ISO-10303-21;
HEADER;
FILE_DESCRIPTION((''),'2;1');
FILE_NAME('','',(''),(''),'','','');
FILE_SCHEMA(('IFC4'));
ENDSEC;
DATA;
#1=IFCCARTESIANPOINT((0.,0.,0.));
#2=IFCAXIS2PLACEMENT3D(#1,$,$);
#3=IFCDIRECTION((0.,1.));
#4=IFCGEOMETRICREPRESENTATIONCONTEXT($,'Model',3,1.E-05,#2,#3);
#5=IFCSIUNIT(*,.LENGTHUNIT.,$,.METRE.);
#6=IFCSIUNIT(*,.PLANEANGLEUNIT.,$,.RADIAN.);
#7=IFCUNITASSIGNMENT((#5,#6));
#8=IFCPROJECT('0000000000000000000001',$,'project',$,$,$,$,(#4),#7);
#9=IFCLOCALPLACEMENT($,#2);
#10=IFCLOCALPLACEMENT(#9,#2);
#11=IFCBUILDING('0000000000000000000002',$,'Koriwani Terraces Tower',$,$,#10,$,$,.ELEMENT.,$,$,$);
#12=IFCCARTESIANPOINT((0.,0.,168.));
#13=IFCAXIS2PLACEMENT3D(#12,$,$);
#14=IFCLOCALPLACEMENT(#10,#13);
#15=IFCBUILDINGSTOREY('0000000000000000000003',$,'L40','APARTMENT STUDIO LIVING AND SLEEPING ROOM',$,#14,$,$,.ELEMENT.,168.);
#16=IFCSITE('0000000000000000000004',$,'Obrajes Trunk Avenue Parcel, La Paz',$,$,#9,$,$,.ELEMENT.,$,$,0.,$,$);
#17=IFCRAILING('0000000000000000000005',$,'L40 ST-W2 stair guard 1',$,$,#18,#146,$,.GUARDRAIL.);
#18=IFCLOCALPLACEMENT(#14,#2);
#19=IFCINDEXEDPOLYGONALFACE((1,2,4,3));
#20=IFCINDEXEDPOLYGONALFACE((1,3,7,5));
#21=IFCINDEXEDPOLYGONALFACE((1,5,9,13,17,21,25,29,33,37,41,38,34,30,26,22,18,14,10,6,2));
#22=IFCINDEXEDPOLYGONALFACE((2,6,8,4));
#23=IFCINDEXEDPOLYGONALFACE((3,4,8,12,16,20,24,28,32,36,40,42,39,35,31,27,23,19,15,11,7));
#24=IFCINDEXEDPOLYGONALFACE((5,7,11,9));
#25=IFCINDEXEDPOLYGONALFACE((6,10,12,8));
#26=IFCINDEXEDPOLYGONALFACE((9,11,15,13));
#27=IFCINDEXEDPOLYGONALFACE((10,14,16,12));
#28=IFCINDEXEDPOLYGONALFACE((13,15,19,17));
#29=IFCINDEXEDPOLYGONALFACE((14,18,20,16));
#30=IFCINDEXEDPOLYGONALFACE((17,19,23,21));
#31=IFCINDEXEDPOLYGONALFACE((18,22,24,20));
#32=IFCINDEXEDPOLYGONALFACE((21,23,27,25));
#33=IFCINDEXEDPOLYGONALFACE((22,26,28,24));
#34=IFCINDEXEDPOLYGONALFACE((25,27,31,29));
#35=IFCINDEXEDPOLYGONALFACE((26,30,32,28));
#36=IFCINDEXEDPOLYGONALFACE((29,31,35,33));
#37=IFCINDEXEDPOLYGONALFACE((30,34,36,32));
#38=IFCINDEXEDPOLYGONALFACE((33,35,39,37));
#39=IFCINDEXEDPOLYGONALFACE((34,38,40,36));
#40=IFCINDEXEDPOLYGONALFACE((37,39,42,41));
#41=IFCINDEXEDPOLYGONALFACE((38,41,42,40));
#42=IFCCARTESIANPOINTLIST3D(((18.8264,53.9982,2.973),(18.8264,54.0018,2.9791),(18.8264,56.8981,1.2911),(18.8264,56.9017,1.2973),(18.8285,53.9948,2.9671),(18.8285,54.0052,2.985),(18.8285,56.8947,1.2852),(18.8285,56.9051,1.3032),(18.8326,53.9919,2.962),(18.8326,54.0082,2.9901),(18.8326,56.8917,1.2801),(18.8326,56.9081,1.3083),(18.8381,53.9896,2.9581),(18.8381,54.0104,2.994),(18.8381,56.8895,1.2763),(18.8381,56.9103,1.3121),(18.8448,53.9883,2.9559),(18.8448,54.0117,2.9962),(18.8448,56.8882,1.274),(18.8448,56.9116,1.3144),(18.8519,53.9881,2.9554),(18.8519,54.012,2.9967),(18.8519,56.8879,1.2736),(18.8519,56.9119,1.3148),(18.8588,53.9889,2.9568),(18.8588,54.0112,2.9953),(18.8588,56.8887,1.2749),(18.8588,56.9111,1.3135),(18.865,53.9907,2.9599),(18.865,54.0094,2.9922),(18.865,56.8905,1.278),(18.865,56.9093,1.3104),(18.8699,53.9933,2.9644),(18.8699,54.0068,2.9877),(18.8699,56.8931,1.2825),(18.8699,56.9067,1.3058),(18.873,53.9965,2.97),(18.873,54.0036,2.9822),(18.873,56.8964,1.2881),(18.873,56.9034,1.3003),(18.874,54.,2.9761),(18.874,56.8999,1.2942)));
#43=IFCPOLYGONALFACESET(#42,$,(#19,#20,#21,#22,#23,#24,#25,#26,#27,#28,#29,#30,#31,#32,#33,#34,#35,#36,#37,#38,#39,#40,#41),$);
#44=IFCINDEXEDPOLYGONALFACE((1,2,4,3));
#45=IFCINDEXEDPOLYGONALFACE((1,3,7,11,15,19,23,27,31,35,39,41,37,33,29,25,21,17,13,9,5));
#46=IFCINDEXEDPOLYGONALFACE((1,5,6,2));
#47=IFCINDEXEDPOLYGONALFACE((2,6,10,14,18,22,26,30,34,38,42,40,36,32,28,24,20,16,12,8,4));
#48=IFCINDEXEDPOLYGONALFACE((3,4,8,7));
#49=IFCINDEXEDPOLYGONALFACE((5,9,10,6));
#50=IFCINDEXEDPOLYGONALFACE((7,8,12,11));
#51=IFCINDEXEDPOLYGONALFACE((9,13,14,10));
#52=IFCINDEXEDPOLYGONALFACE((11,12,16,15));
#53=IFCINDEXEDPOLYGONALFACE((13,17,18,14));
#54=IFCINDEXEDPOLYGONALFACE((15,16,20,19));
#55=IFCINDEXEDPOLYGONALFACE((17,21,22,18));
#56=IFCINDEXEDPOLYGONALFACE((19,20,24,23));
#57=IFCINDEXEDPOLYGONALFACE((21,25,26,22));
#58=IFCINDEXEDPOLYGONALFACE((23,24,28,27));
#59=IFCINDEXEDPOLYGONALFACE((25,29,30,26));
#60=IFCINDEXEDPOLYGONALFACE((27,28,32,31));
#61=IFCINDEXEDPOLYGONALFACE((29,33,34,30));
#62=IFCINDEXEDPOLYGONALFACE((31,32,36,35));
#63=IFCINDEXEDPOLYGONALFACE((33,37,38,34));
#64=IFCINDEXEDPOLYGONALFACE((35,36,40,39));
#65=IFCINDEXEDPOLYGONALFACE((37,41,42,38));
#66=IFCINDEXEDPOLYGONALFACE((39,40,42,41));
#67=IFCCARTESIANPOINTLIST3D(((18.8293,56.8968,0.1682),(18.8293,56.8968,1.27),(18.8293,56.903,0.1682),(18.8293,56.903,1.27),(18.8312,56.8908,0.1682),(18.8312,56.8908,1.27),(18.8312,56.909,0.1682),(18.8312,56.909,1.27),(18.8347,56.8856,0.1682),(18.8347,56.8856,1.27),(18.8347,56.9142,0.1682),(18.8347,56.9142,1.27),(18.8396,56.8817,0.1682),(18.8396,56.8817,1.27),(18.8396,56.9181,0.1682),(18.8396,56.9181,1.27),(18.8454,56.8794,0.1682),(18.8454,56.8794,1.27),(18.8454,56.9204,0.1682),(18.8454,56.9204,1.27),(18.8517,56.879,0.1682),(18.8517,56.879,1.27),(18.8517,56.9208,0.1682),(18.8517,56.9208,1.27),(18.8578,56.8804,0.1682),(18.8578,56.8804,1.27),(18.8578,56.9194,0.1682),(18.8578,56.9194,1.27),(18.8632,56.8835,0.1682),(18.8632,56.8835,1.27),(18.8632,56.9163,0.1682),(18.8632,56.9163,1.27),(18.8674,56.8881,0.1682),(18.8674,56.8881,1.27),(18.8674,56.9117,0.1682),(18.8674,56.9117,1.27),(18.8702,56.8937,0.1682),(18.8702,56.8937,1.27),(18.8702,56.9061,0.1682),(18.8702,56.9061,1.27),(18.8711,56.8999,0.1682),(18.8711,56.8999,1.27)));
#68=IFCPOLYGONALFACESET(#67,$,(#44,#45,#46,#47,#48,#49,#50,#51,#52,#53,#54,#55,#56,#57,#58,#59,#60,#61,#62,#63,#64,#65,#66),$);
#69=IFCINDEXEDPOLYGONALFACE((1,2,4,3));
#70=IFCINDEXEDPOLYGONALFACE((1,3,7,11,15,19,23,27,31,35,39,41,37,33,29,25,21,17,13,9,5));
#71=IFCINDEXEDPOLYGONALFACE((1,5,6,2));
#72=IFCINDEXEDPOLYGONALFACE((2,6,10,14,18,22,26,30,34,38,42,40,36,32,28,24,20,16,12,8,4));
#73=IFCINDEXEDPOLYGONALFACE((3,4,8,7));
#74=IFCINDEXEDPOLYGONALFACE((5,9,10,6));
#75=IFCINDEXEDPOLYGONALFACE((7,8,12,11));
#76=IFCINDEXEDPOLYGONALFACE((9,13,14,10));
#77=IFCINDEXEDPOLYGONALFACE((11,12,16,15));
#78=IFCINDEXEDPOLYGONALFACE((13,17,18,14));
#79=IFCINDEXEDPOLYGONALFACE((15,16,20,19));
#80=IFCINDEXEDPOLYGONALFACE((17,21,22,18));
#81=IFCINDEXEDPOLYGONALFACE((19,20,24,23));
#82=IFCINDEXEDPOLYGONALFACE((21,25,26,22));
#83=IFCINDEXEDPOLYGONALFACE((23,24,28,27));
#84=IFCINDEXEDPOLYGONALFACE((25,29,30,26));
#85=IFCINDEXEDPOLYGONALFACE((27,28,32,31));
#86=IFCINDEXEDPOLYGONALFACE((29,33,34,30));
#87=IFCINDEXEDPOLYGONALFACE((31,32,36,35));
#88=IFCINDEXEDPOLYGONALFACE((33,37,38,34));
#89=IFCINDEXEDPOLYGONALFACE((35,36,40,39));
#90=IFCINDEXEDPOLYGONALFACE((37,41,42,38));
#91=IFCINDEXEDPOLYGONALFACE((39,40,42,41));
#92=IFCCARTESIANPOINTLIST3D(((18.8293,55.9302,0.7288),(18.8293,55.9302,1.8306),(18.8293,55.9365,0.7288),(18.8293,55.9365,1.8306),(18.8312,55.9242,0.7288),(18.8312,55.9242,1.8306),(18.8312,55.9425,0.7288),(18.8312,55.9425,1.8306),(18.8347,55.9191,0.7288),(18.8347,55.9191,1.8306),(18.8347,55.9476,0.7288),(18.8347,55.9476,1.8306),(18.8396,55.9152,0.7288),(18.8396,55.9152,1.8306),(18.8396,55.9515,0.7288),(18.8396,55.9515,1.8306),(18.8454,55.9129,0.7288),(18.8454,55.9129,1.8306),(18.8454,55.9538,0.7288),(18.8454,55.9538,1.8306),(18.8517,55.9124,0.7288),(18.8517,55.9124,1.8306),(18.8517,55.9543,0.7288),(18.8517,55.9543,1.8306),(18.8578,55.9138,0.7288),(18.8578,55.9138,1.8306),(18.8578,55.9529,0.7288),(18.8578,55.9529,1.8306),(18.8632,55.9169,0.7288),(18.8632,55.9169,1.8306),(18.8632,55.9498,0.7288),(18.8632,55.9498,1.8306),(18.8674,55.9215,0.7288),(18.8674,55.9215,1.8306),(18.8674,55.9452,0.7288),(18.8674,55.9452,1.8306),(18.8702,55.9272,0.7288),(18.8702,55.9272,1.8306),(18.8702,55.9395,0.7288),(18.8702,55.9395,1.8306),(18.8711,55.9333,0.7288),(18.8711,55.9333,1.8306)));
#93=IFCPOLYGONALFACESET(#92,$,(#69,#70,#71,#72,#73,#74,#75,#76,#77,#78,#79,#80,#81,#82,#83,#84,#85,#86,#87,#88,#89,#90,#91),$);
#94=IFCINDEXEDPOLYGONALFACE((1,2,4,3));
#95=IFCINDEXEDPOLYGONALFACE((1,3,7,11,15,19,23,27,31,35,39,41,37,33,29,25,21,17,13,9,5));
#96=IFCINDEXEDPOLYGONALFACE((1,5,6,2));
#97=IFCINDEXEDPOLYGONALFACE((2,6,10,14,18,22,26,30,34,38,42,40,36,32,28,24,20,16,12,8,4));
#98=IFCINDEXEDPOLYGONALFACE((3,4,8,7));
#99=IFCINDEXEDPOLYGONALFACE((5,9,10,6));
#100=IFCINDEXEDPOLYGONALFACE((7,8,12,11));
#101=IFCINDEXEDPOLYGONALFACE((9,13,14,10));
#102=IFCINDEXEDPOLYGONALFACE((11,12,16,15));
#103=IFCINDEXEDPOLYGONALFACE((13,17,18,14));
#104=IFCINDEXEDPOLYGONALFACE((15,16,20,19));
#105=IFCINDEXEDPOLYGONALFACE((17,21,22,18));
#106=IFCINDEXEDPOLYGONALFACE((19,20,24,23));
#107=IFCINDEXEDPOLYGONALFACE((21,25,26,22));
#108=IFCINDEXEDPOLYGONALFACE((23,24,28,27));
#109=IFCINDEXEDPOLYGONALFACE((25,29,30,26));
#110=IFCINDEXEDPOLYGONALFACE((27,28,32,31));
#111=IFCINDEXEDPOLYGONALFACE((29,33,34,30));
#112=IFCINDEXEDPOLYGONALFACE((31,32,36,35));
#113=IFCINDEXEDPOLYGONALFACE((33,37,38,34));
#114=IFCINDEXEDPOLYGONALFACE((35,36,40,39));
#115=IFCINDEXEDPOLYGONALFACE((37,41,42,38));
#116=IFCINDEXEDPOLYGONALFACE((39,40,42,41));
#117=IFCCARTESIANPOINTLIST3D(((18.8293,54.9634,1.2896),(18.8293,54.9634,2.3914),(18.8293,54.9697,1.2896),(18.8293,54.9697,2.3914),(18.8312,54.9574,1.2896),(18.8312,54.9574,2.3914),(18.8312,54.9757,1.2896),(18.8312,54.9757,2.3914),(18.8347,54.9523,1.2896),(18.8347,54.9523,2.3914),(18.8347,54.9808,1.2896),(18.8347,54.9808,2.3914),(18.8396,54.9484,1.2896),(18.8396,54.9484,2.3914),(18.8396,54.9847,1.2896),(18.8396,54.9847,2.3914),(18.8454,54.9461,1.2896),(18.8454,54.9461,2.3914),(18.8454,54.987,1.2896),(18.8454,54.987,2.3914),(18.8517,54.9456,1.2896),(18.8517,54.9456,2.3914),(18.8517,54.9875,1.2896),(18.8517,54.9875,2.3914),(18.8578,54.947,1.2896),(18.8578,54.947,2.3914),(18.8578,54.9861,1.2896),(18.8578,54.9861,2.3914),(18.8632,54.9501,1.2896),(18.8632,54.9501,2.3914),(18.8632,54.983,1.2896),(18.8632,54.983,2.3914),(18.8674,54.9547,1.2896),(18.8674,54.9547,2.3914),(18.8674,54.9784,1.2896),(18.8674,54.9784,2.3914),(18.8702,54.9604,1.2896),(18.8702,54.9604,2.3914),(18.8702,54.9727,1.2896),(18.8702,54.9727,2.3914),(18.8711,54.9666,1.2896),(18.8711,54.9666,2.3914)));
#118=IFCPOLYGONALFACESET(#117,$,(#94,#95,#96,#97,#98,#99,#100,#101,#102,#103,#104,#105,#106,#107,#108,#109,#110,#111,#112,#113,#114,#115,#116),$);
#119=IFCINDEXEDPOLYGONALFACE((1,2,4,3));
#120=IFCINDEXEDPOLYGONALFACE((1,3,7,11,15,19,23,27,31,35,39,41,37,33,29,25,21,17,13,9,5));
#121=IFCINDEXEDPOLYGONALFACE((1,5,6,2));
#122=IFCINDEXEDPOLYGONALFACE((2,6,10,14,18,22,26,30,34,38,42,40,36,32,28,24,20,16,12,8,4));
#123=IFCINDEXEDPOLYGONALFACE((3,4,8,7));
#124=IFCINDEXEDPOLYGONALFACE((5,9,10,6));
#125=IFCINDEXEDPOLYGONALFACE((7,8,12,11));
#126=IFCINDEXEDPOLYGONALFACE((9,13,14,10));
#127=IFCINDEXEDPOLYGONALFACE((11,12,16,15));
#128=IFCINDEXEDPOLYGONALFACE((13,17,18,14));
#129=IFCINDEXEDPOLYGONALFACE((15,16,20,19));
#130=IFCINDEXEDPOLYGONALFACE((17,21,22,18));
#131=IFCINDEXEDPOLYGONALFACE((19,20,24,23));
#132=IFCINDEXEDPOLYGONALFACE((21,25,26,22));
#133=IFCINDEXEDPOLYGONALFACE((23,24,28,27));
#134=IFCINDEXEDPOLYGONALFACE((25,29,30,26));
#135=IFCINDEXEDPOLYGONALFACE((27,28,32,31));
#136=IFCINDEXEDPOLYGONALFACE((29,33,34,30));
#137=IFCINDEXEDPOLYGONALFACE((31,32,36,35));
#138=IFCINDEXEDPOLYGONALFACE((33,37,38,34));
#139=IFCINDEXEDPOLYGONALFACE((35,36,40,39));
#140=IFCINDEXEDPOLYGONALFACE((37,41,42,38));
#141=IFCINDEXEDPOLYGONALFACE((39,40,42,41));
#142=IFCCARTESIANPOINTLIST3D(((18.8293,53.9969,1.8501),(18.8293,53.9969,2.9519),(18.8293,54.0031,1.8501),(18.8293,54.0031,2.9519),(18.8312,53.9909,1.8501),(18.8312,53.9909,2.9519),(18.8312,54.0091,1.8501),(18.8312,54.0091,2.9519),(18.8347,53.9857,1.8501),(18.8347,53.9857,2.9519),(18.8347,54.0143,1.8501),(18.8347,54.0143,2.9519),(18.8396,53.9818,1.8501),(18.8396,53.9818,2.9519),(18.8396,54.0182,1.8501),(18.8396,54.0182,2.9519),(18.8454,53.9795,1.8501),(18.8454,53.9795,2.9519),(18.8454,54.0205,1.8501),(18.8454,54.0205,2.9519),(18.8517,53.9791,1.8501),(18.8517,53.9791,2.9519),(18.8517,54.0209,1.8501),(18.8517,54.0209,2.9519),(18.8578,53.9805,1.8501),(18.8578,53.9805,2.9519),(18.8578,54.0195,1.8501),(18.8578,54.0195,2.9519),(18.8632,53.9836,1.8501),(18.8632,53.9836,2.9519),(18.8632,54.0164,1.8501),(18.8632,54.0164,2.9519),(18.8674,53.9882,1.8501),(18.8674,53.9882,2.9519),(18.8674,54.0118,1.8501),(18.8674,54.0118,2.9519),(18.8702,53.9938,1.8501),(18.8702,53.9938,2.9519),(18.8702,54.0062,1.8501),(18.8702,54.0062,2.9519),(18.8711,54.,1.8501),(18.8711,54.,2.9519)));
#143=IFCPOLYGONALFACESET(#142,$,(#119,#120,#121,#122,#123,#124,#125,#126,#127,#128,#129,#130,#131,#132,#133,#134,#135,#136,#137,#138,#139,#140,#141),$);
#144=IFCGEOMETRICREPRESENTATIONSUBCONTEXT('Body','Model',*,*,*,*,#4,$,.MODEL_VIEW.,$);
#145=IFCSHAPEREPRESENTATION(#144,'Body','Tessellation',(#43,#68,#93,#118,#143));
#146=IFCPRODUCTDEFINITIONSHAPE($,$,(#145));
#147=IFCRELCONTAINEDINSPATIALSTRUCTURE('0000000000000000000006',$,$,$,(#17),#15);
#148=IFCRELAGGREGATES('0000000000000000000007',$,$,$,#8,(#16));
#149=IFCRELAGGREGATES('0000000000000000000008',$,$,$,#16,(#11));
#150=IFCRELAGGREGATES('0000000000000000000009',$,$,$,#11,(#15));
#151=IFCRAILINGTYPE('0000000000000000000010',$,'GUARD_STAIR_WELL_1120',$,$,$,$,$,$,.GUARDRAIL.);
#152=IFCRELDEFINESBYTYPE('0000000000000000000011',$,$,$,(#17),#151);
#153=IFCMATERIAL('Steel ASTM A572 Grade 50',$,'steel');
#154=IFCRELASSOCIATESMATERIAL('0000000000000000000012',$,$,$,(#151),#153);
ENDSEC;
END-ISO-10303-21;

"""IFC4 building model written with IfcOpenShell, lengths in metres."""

from ifc_helpers import new_model, si_unit, direction, frame, origin, origin_2d, place, context, subcontext, project, spatial, circle, extrude, material, type_object, element, save


model = new_model("IFC4")

# Units and contexts
model_context = context("Model", 3, precision=1e-05, world=origin(), true_north=direction((0.0, 1.0)))
body_context = subcontext(model_context, "Body", "Model", "MODEL_VIEW")
ifc_project = project(units=[si_unit("LENGTHUNIT", "METRE"), si_unit("PLANEANGLEUNIT", "RADIAN")], contexts=[model_context])

# Site, building, storey
site_placement = place(None, origin())
site = spatial("IfcSite", under=ifc_project, at=site_placement, Name="Obrajes Trunk Avenue Parcel, La Paz", CompositionType="ELEMENT", RefElevation=0.0)
building_placement = place(site_placement, origin())
building = spatial("IfcBuilding", under=site, at=building_placement, Name="Koriwani Terraces Tower", CompositionType="ELEMENT")
storey_placement = place(building_placement, frame((0.0, 0.0, 168.0)))
storey = spatial("IfcBuildingStorey", under=building, at=storey_placement, Name="L40", Description="APARTMENT STUDIO LIVING AND SLEEPING ROOM", CompositionType="ELEMENT", Elevation=168.0)

# Shared definitions
ifc_material_1 = material(Name="Steel ASTM A572 Grade 50", Category="steel")

# Railing
railing_type_1 = type_object("IfcRailingType", Name="GUARD_STAIR_WELL_1120", PredefinedType="GUARDRAIL", material=ifc_material_1)
railing_1_placement = place(storey_placement, frame((18.8501, 56.8999, 0.1682)))
element("IfcRailing", 1, at=railing_1_placement, inside=storey, type_object=railing_type_1, Name="L40 ST-W2 stair guard 1", PredefinedType="GUARDRAIL", context=body_context, shape_type="SweptSolid", body=[
    extrude(circle(Radius=0.0239, at=origin_2d()), frame((0.0, 0.0, 1.126), z_axis=(0.0, -0.865039, 0.501705), x_axis=(1.0, 0.0, 0.0)), (0.0, 0.0, 1.0), 3.3523),
    extrude(circle(Radius=0.021, at=origin_2d()), origin(), (0.0, 0.0, 1.0), 1.1018),
    extrude(circle(Radius=0.021, at=origin_2d()), frame((0.0, -0.9666, 0.5605)), (0.0, 0.0, 1.0), 1.1018),
    extrude(circle(Radius=0.021, at=origin_2d()), frame((0.0, -1.9333, 1.1213)), (0.0, 0.0, 1.0), 1.1018),
    extrude(circle(Radius=0.021, at=origin_2d()), frame((0.0, -2.8999, 1.6819)), (0.0, 0.0, 1.0), 1.1018),
])

save(model, "model.ifc")
